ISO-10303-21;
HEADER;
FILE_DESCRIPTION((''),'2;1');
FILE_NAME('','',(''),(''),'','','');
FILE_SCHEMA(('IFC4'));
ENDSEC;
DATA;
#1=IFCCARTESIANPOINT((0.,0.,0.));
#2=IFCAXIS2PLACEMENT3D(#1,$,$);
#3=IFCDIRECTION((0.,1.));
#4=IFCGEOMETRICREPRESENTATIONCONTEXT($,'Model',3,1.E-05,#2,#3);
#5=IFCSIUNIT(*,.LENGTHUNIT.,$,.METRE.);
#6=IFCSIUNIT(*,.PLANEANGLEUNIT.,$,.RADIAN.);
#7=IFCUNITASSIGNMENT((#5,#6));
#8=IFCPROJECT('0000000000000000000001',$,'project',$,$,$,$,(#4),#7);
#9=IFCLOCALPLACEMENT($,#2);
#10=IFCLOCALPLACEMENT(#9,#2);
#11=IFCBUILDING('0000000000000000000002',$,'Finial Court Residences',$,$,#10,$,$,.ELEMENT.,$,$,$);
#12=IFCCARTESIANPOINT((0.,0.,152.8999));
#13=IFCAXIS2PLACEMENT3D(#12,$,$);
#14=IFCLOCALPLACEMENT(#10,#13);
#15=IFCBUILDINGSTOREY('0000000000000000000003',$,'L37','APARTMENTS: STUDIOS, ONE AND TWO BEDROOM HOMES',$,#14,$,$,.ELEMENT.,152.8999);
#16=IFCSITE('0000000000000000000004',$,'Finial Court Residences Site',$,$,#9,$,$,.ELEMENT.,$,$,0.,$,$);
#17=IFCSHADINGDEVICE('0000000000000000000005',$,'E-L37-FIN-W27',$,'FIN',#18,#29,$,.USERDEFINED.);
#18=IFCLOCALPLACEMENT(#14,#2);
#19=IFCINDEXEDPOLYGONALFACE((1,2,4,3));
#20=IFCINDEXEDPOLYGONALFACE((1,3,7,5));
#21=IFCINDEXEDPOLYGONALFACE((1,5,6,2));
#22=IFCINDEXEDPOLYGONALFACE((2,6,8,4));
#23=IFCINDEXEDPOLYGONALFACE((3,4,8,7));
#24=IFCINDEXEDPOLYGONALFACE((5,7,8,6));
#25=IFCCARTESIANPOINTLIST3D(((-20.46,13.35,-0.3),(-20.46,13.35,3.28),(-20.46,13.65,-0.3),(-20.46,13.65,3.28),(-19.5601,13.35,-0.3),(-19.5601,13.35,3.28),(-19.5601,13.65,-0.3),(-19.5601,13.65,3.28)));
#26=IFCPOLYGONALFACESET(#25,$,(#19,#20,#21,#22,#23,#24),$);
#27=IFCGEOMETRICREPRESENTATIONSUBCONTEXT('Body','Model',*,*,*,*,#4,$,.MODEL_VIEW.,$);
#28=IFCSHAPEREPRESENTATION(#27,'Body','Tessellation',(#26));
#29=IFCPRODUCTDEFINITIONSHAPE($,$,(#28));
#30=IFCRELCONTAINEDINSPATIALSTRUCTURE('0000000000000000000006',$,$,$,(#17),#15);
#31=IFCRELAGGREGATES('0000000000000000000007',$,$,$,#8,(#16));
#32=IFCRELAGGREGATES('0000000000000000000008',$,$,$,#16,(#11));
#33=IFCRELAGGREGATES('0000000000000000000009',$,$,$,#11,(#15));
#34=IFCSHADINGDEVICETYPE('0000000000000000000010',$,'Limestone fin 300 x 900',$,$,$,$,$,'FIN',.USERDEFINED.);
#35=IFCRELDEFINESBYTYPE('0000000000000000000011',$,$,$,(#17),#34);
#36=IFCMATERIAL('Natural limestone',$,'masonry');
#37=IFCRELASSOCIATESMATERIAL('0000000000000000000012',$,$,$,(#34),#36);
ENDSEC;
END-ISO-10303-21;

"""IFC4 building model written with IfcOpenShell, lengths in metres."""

from ifc_helpers import new_model, si_unit, direction, frame, origin, origin_2d, place, context, subcontext, project, spatial, rectangle, extrude, material, type_object, element, save


model = new_model("IFC4")

# Units and contexts
model_context = context("Model", 3, precision=1e-05, world=origin(), true_north=direction((0.0, 1.0)))
body_context = subcontext(model_context, "Body", "Model", "MODEL_VIEW")
ifc_project = project(units=[si_unit("LENGTHUNIT", "METRE"), si_unit("PLANEANGLEUNIT", "RADIAN")], contexts=[model_context])

# Site, building, storey
site_placement = place(None, origin())
site = spatial("IfcSite", under=ifc_project, at=site_placement, Name="Finial Court Residences Site", CompositionType="ELEMENT", RefElevation=0.0)
building_placement = place(site_placement, origin())
building = spatial("IfcBuilding", under=site, at=building_placement, Name="Finial Court Residences", CompositionType="ELEMENT")
storey_placement = place(building_placement, frame((0.0, 0.0, 152.8999)))
storey = spatial("IfcBuildingStorey", under=building, at=storey_placement, Name="L37", Description="APARTMENTS: STUDIOS, ONE AND TWO BEDROOM HOMES", CompositionType="ELEMENT", Elevation=152.8999)

# Shared definitions
ifc_material_1 = material(Name="Natural limestone", Category="masonry")

# Shading device
shading_device_type = type_object("IfcShadingDeviceType", Name="Limestone fin 300 x 900", ElementType="FIN", PredefinedType="USERDEFINED", material=ifc_material_1)
for number, where, z_axis, x_axis, name in (
    (1, (-20.01, 13.5, -0.3), (0.0, 0.0, 1.0), (1.0, 0.0, 0.0), "E-L37-FIN-W27"),
):
    element("IfcShadingDevice", number, at=place(storey_placement, frame(where, z_axis=z_axis, x_axis=x_axis)), inside=storey, type_object=shading_device_type, Name=name, ObjectType="FIN", PredefinedType="USERDEFINED", context=body_context, shape_type="SweptSolid", body=[
        extrude(rectangle(XDim=0.8999, YDim=0.3, at=origin_2d()), origin(), (0.0, 0.0, 1.0), 3.5801),
    ])

save(model, "model.ifc")
